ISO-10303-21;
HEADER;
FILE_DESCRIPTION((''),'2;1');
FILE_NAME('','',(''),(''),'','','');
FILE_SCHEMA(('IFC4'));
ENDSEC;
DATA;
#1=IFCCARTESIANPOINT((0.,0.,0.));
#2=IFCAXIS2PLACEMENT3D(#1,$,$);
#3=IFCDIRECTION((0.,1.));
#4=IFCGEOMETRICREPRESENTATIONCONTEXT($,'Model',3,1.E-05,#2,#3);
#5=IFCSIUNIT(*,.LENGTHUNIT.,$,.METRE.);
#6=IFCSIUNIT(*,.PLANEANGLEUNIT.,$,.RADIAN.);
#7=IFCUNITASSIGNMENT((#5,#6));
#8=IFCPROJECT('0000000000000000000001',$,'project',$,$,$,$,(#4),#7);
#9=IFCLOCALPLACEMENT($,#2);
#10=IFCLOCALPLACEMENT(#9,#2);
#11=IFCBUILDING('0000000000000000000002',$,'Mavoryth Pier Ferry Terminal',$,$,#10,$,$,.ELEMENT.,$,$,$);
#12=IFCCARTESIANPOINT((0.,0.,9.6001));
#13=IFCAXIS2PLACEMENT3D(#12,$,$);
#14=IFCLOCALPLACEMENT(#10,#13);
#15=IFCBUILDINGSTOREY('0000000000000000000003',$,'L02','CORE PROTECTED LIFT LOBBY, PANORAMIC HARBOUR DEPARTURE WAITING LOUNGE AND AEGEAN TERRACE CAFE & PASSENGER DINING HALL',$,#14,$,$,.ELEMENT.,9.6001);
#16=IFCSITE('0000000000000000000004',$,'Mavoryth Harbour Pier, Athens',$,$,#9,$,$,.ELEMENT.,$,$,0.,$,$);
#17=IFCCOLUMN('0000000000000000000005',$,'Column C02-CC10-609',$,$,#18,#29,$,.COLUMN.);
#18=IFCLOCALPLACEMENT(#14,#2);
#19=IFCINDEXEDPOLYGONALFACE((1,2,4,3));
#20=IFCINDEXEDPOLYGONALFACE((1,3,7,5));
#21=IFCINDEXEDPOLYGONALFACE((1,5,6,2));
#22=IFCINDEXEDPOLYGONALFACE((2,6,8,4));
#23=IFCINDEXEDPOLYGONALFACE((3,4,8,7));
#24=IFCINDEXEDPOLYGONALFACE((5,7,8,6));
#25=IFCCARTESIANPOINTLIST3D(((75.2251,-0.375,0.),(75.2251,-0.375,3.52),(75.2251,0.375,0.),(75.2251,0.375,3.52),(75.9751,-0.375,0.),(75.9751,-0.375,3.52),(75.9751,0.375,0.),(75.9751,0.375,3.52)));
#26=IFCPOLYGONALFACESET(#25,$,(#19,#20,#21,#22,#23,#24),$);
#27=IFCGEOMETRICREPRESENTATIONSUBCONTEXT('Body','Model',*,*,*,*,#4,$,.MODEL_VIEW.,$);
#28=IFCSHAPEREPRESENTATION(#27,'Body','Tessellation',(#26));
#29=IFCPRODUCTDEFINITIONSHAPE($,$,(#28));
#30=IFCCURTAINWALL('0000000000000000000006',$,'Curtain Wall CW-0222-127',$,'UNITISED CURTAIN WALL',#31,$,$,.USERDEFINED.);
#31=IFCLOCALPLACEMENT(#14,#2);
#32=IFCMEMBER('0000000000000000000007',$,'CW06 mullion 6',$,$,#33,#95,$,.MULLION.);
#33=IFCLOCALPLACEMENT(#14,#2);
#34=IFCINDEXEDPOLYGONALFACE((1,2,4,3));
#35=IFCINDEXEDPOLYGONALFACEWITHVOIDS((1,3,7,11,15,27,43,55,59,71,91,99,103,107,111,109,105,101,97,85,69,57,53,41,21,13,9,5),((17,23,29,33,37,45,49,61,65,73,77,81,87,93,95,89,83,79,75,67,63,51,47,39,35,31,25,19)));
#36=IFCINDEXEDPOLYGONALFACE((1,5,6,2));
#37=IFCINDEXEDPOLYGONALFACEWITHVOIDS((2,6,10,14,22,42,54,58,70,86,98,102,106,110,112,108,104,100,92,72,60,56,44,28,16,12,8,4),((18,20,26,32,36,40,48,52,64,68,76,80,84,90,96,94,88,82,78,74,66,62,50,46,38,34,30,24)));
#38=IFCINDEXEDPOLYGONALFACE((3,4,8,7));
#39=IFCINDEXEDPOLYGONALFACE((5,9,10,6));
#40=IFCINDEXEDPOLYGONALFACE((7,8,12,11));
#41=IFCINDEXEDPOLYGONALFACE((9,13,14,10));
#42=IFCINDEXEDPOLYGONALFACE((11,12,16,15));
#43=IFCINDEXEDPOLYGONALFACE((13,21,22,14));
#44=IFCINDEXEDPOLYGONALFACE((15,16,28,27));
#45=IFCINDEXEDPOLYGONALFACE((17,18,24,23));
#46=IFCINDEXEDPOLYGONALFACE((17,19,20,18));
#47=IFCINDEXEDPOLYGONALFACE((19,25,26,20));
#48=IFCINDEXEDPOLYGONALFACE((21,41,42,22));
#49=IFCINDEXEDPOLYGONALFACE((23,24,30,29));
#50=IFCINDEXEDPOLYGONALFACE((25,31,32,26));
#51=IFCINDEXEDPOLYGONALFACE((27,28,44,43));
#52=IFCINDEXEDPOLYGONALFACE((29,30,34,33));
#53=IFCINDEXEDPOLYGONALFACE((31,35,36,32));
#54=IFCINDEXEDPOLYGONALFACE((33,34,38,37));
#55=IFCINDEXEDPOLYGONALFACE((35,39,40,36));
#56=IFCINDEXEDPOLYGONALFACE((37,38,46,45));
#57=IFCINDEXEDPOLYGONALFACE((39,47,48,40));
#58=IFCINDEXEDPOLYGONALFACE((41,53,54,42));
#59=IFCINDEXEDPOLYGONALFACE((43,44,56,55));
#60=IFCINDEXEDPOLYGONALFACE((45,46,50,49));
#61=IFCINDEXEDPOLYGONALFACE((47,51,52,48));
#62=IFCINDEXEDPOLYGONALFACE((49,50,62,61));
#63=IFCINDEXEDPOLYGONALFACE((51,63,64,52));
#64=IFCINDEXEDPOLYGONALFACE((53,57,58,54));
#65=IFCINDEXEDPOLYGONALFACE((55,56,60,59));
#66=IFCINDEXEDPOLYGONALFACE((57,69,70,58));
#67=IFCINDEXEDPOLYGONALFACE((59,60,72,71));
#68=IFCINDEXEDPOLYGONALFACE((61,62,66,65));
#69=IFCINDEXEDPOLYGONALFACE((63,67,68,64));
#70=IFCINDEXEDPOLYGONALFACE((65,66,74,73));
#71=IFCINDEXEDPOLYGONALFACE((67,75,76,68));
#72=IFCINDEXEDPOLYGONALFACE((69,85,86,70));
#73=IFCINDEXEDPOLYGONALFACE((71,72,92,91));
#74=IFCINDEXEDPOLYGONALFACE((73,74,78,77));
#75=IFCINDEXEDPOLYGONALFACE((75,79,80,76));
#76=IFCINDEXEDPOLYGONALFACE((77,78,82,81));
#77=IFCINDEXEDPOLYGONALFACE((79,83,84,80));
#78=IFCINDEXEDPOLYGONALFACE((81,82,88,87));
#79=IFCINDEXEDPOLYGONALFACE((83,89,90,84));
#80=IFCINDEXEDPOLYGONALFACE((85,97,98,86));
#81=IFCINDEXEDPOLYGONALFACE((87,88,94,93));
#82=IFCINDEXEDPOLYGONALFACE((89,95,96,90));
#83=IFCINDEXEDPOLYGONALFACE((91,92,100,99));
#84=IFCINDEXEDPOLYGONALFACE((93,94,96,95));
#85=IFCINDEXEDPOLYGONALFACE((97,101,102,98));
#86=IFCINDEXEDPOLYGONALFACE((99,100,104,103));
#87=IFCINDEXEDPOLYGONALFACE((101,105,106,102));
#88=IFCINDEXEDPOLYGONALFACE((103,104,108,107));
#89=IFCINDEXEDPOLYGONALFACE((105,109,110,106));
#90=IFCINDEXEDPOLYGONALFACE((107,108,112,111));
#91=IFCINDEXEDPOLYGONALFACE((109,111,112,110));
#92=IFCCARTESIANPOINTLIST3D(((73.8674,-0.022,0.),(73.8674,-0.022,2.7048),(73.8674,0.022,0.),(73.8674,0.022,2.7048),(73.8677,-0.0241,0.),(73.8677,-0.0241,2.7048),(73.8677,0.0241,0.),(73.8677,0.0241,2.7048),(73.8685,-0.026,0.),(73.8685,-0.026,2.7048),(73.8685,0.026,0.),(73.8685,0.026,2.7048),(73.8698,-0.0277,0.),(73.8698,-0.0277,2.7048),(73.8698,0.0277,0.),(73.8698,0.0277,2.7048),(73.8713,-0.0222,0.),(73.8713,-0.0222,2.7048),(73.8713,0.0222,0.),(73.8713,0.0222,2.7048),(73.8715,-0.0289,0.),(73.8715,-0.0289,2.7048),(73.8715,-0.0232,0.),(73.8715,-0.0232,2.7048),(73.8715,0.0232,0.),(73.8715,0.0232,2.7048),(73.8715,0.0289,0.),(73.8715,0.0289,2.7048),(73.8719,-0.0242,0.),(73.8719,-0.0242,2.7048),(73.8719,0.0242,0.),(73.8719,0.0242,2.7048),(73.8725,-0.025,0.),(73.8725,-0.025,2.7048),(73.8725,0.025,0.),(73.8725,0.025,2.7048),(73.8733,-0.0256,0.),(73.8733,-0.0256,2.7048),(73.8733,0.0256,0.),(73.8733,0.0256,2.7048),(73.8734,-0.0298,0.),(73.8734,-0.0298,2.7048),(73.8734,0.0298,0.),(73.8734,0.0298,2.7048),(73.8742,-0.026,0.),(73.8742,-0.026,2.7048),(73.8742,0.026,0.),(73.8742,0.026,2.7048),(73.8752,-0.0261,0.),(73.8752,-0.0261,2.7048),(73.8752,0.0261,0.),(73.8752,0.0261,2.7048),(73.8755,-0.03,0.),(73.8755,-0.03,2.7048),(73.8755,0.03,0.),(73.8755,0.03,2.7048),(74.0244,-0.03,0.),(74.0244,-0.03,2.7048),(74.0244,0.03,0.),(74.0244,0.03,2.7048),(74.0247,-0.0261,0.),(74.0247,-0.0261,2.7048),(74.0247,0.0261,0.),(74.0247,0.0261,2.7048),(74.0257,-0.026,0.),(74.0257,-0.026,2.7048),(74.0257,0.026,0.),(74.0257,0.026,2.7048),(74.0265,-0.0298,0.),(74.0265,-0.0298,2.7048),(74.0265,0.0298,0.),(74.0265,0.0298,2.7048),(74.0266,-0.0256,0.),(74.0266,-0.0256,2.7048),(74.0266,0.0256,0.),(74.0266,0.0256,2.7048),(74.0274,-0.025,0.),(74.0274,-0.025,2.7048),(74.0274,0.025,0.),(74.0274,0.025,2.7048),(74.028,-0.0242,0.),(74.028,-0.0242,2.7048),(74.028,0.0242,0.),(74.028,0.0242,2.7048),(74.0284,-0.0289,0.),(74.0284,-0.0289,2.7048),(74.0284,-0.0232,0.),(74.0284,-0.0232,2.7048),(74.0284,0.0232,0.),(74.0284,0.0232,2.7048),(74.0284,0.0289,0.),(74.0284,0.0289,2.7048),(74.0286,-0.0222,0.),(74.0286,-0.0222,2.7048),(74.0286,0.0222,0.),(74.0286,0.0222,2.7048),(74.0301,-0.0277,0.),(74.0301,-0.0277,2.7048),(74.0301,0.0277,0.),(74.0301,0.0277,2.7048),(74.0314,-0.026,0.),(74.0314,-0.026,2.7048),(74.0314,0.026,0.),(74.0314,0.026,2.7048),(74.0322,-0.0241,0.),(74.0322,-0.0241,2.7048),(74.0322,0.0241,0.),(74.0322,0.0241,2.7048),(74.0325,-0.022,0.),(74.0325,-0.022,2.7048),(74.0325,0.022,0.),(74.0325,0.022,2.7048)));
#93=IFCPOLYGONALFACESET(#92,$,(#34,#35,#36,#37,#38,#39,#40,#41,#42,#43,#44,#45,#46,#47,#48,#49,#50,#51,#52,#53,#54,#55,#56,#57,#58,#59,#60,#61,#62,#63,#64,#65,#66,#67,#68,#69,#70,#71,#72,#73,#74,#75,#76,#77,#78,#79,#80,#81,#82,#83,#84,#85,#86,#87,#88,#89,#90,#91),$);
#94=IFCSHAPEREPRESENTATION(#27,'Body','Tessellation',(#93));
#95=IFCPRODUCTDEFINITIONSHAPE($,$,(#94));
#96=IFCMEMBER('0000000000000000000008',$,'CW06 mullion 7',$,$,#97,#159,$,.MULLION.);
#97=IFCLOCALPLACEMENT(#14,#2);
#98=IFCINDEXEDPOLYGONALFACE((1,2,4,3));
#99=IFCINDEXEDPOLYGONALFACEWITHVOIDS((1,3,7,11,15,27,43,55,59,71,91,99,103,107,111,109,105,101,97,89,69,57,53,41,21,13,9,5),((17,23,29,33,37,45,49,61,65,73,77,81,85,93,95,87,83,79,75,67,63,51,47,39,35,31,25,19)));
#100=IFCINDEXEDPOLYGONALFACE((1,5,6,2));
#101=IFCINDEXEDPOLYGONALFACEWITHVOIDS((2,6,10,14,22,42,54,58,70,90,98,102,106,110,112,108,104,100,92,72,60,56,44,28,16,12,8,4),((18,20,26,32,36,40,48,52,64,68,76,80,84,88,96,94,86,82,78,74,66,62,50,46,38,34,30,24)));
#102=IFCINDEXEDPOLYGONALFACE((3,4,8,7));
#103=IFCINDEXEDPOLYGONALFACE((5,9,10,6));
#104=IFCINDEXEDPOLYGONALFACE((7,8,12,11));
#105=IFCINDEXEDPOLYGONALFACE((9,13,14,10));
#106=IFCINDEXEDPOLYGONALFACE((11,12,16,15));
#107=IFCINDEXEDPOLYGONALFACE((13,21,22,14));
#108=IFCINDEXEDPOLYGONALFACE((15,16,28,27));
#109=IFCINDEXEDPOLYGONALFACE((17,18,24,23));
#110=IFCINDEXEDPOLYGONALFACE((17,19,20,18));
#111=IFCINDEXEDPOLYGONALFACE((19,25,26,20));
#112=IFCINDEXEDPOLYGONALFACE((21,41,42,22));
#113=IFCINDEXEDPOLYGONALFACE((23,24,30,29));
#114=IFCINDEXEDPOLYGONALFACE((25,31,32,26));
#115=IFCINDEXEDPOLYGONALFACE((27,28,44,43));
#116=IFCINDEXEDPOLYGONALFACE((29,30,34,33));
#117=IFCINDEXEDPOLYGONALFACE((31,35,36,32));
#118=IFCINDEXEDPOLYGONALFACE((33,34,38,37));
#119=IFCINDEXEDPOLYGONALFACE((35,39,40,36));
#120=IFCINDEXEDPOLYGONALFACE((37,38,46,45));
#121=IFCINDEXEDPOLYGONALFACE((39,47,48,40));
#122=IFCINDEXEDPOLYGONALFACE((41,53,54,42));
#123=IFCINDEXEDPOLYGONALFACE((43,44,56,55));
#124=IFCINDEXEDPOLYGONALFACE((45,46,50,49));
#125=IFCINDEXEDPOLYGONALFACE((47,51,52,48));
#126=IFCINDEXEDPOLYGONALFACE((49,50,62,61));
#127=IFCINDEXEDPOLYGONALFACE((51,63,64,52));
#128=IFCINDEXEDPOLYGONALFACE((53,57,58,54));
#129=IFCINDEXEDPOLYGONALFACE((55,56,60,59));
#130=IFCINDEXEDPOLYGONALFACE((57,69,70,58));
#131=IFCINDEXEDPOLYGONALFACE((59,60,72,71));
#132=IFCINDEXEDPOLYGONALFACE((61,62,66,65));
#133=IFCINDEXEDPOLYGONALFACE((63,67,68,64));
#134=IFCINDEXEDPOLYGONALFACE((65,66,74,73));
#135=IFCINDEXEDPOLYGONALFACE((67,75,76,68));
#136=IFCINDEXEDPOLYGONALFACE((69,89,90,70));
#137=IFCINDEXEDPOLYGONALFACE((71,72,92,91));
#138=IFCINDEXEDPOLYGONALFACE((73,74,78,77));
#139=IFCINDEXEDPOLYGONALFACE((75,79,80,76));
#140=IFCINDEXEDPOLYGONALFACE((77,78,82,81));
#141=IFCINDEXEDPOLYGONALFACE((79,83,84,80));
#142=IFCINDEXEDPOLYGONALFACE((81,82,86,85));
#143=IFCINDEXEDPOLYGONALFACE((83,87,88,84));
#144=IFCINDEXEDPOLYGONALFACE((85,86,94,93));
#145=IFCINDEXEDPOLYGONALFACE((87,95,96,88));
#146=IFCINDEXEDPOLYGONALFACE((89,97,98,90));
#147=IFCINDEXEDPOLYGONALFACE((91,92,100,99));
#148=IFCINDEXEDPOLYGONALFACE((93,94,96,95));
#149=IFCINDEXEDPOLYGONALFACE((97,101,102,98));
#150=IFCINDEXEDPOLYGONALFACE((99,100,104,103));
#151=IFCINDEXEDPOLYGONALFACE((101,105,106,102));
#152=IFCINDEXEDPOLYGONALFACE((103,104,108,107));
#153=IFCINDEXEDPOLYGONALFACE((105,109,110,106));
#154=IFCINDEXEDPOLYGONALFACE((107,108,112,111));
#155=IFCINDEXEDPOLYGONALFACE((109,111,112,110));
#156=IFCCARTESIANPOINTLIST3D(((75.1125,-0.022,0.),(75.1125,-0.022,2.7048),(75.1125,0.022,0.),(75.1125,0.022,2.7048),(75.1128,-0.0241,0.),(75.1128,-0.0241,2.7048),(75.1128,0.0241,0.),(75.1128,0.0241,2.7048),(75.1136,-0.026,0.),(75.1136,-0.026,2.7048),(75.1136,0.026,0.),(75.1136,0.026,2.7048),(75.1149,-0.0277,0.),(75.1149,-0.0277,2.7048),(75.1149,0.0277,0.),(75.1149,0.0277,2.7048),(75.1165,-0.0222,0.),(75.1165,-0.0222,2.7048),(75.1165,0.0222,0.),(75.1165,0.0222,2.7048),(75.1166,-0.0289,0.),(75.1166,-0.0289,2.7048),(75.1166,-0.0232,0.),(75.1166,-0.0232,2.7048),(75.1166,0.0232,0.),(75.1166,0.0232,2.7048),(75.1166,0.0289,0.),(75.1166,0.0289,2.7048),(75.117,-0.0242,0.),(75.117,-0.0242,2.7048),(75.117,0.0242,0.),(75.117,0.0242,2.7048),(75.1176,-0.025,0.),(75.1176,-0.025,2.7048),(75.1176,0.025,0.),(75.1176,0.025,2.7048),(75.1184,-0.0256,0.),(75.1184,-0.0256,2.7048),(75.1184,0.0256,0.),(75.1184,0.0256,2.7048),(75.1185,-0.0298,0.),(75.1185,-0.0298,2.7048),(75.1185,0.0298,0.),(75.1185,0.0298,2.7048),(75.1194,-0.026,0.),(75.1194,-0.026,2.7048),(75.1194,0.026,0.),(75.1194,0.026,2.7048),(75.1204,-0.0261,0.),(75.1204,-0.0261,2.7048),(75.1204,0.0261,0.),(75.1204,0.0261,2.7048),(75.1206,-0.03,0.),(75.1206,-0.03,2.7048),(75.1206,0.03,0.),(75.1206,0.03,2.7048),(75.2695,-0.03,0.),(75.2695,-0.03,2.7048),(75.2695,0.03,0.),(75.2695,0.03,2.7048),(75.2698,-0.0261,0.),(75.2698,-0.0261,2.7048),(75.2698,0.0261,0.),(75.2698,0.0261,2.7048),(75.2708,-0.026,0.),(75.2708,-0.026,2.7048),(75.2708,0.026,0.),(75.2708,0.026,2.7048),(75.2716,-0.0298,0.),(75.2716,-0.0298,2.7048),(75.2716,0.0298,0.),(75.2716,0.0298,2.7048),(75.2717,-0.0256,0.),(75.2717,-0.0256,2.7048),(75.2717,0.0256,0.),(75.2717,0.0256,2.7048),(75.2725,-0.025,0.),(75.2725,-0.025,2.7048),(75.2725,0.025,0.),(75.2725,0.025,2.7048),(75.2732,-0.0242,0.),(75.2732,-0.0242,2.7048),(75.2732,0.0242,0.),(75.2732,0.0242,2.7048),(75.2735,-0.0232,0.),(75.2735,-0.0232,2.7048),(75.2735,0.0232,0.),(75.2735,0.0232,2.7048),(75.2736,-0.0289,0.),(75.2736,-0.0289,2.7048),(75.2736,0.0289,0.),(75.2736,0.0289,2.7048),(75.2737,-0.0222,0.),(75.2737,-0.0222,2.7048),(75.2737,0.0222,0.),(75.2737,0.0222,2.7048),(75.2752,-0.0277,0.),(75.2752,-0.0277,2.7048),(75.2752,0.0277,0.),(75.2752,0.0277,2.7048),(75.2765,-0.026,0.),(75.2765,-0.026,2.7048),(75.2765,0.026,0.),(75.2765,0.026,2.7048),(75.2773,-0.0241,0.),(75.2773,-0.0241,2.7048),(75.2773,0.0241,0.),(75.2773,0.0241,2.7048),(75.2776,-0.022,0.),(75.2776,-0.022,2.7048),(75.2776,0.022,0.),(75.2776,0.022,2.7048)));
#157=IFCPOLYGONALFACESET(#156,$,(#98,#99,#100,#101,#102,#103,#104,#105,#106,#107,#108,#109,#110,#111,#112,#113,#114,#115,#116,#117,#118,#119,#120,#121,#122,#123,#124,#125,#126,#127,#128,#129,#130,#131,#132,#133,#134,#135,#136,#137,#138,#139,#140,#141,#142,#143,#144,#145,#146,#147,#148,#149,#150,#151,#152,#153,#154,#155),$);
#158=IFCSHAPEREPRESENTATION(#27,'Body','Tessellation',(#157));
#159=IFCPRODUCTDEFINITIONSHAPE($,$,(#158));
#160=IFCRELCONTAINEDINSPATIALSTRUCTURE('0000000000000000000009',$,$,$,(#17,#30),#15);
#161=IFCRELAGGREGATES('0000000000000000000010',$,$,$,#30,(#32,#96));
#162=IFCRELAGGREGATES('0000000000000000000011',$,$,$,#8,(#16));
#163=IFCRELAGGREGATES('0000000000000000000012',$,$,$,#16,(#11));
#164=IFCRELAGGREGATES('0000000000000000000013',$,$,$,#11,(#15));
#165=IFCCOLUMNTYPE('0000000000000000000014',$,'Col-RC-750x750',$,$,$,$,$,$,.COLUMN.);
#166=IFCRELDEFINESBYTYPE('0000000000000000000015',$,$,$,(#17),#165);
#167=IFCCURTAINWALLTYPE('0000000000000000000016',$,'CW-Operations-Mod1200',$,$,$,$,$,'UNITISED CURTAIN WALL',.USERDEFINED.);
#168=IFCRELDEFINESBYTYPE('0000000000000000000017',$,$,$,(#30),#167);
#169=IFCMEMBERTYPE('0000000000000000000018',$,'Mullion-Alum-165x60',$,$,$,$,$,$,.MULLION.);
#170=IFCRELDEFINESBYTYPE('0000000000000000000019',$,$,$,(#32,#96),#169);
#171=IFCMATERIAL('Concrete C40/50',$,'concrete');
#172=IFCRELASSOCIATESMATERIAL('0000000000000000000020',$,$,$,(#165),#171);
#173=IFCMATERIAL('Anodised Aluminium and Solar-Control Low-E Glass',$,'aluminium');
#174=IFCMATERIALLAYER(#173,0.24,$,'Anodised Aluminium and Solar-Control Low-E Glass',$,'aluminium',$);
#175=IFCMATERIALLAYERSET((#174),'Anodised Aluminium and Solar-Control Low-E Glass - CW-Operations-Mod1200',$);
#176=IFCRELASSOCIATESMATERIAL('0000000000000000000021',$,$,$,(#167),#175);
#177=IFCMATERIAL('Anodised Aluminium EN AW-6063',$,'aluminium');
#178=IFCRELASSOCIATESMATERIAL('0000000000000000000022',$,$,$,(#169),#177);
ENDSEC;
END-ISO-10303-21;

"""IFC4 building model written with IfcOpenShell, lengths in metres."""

from ifc_helpers import new_model, si_unit, direction, frame, origin, origin_2d, place, context, subcontext, project, spatial, rectangle, hollow_rectangle, extrude, material, layer, layer_set, material_profile, profile_set, type_object, element, aggregate, save


model = new_model("IFC4")

# Units and contexts
model_context = context("Model", 3, precision=1e-05, world=origin(), true_north=direction((0.0, 1.0)))
body_context = subcontext(model_context, "Body", "Model", "MODEL_VIEW")
ifc_project = project(units=[si_unit("LENGTHUNIT", "METRE"), si_unit("PLANEANGLEUNIT", "RADIAN")], contexts=[model_context])

# Site, building, storey
site_placement = place(None, origin())
site = spatial("IfcSite", under=ifc_project, at=site_placement, Name="Mavoryth Harbour Pier, Athens", CompositionType="ELEMENT", RefElevation=0.0)
building_placement = place(site_placement, origin())
building = spatial("IfcBuilding", under=site, at=building_placement, Name="Mavoryth Pier Ferry Terminal", CompositionType="ELEMENT")
storey_placement = place(building_placement, frame((0.0, 0.0, 9.6001)))
storey = spatial("IfcBuildingStorey", under=building, at=storey_placement, Name="L02", Description="CORE PROTECTED LIFT LOBBY, PANORAMIC HARBOUR DEPARTURE WAITING LOUNGE AND AEGEAN TERRACE CAFE & PASSENGER DINING HALL", CompositionType="ELEMENT", Elevation=9.6001)

# Column
ifc_material_1 = material(Name="Concrete C40/50", Category="concrete")
ifc_material_profile_1 = material_profile(ifc_material_1, rectangle(XDim=0.75, YDim=0.75, at=origin_2d()), Name="RC 750x750", Category="concrete")
ifc_profile_set_1 = profile_set([ifc_material_profile_1], Name="Concrete C40/50 - RC 750x750")
column_type = type_object("IfcColumnType", Name="Col-RC-750x750", PredefinedType="COLUMN", material=ifc_profile_set_1)
column_placement = place(storey_placement, frame((75.6001, 0.0, 0.0), z_axis=(0.0, 0.0, 1.0), x_axis=(1.0, 0.0, 0.0)))
element("IfcColumn", 1, at=column_placement, inside=storey, type_object=column_type, Name="Column C02-CC10-609", PredefinedType="COLUMN", context=body_context, shape_type="SweptSolid", body=[
    extrude(rectangle(XDim=0.75, YDim=0.75, at=origin_2d()), origin(), (0.0, 0.0, 1.0), 3.52),
])

# Curtain wall, members
ifc_material_2 = material(Name="Anodised Aluminium and Solar-Control Low-E Glass", Category="aluminium")
ifc_layer_1 = layer(ifc_material_2, 0.24, Name="Anodised Aluminium and Solar-Control Low-E Glass", Category="aluminium")
ifc_layer_set_1 = layer_set([ifc_layer_1], Name="Anodised Aluminium and Solar-Control Low-E Glass - CW-Operations-Mod1200")
curtain_wall_type = type_object("IfcCurtainWallType", Name="CW-Operations-Mod1200", ElementType="UNITISED CURTAIN WALL", PredefinedType="USERDEFINED", material=ifc_layer_set_1)
curtain_wall_1_placement = place(storey_placement, origin())
curtain_wall_1 = element("IfcCurtainWall", 2, at=curtain_wall_1_placement, inside=storey, type_object=curtain_wall_type, Name="Curtain Wall CW-0222-127", ObjectType="UNITISED CURTAIN WALL", PredefinedType="USERDEFINED")
ifc_material_3 = material(Name="Anodised Aluminium EN AW-6063", Category="aluminium")
ifc_material_profile_2 = material_profile(ifc_material_3, hollow_rectangle(XDim=0.0601, YDim=0.165, WallThickness=0.0039, InnerFilletRadius=0.0039, OuterFilletRadius=0.0081, at=origin_2d()), Name="AL-MULL 165x60x4", Category="aluminium")
ifc_profile_set_2 = profile_set([ifc_material_profile_2], Name="Anodised Aluminium EN AW-6063 - AL-MULL 165x60x4")
member_type_1 = type_object("IfcMemberType", Name="Mullion-Alum-165x60", PredefinedType="MULLION", material=ifc_profile_set_2)
member_1_placement = place(storey_placement, frame((73.95, 0.0, 0.0), z_axis=(0.0, 0.0, 1.0), x_axis=(0.0, 1.0, 0.0)))
member_1 = element("IfcMember", 3, at=member_1_placement, type_object=member_type_1, Name="CW06 mullion 6", PredefinedType="MULLION", context=body_context, shape_type="SweptSolid", body=[
    extrude(hollow_rectangle(XDim=0.0601, YDim=0.165, WallThickness=0.0039, InnerFilletRadius=0.0039, OuterFilletRadius=0.0081, at=origin_2d()), origin(), (0.0, 0.0, 1.0), 2.7048),
])
member_2_placement = place(storey_placement, frame((75.1951, 0.0, 0.0), z_axis=(0.0, 0.0, 1.0), x_axis=(0.0, 1.0, 0.0)))
member_2 = element("IfcMember", 4, at=member_2_placement, type_object=member_type_1, Name="CW06 mullion 7", PredefinedType="MULLION", context=body_context, shape_type="SweptSolid", body=[
    extrude(hollow_rectangle(XDim=0.0601, YDim=0.165, WallThickness=0.0039, InnerFilletRadius=0.0039, OuterFilletRadius=0.0081, at=origin_2d()), origin(), (0.0, 0.0, 1.0), 2.7048),
])

aggregate(curtain_wall_1, [member_1, member_2])

save(model, "model.ifc")
